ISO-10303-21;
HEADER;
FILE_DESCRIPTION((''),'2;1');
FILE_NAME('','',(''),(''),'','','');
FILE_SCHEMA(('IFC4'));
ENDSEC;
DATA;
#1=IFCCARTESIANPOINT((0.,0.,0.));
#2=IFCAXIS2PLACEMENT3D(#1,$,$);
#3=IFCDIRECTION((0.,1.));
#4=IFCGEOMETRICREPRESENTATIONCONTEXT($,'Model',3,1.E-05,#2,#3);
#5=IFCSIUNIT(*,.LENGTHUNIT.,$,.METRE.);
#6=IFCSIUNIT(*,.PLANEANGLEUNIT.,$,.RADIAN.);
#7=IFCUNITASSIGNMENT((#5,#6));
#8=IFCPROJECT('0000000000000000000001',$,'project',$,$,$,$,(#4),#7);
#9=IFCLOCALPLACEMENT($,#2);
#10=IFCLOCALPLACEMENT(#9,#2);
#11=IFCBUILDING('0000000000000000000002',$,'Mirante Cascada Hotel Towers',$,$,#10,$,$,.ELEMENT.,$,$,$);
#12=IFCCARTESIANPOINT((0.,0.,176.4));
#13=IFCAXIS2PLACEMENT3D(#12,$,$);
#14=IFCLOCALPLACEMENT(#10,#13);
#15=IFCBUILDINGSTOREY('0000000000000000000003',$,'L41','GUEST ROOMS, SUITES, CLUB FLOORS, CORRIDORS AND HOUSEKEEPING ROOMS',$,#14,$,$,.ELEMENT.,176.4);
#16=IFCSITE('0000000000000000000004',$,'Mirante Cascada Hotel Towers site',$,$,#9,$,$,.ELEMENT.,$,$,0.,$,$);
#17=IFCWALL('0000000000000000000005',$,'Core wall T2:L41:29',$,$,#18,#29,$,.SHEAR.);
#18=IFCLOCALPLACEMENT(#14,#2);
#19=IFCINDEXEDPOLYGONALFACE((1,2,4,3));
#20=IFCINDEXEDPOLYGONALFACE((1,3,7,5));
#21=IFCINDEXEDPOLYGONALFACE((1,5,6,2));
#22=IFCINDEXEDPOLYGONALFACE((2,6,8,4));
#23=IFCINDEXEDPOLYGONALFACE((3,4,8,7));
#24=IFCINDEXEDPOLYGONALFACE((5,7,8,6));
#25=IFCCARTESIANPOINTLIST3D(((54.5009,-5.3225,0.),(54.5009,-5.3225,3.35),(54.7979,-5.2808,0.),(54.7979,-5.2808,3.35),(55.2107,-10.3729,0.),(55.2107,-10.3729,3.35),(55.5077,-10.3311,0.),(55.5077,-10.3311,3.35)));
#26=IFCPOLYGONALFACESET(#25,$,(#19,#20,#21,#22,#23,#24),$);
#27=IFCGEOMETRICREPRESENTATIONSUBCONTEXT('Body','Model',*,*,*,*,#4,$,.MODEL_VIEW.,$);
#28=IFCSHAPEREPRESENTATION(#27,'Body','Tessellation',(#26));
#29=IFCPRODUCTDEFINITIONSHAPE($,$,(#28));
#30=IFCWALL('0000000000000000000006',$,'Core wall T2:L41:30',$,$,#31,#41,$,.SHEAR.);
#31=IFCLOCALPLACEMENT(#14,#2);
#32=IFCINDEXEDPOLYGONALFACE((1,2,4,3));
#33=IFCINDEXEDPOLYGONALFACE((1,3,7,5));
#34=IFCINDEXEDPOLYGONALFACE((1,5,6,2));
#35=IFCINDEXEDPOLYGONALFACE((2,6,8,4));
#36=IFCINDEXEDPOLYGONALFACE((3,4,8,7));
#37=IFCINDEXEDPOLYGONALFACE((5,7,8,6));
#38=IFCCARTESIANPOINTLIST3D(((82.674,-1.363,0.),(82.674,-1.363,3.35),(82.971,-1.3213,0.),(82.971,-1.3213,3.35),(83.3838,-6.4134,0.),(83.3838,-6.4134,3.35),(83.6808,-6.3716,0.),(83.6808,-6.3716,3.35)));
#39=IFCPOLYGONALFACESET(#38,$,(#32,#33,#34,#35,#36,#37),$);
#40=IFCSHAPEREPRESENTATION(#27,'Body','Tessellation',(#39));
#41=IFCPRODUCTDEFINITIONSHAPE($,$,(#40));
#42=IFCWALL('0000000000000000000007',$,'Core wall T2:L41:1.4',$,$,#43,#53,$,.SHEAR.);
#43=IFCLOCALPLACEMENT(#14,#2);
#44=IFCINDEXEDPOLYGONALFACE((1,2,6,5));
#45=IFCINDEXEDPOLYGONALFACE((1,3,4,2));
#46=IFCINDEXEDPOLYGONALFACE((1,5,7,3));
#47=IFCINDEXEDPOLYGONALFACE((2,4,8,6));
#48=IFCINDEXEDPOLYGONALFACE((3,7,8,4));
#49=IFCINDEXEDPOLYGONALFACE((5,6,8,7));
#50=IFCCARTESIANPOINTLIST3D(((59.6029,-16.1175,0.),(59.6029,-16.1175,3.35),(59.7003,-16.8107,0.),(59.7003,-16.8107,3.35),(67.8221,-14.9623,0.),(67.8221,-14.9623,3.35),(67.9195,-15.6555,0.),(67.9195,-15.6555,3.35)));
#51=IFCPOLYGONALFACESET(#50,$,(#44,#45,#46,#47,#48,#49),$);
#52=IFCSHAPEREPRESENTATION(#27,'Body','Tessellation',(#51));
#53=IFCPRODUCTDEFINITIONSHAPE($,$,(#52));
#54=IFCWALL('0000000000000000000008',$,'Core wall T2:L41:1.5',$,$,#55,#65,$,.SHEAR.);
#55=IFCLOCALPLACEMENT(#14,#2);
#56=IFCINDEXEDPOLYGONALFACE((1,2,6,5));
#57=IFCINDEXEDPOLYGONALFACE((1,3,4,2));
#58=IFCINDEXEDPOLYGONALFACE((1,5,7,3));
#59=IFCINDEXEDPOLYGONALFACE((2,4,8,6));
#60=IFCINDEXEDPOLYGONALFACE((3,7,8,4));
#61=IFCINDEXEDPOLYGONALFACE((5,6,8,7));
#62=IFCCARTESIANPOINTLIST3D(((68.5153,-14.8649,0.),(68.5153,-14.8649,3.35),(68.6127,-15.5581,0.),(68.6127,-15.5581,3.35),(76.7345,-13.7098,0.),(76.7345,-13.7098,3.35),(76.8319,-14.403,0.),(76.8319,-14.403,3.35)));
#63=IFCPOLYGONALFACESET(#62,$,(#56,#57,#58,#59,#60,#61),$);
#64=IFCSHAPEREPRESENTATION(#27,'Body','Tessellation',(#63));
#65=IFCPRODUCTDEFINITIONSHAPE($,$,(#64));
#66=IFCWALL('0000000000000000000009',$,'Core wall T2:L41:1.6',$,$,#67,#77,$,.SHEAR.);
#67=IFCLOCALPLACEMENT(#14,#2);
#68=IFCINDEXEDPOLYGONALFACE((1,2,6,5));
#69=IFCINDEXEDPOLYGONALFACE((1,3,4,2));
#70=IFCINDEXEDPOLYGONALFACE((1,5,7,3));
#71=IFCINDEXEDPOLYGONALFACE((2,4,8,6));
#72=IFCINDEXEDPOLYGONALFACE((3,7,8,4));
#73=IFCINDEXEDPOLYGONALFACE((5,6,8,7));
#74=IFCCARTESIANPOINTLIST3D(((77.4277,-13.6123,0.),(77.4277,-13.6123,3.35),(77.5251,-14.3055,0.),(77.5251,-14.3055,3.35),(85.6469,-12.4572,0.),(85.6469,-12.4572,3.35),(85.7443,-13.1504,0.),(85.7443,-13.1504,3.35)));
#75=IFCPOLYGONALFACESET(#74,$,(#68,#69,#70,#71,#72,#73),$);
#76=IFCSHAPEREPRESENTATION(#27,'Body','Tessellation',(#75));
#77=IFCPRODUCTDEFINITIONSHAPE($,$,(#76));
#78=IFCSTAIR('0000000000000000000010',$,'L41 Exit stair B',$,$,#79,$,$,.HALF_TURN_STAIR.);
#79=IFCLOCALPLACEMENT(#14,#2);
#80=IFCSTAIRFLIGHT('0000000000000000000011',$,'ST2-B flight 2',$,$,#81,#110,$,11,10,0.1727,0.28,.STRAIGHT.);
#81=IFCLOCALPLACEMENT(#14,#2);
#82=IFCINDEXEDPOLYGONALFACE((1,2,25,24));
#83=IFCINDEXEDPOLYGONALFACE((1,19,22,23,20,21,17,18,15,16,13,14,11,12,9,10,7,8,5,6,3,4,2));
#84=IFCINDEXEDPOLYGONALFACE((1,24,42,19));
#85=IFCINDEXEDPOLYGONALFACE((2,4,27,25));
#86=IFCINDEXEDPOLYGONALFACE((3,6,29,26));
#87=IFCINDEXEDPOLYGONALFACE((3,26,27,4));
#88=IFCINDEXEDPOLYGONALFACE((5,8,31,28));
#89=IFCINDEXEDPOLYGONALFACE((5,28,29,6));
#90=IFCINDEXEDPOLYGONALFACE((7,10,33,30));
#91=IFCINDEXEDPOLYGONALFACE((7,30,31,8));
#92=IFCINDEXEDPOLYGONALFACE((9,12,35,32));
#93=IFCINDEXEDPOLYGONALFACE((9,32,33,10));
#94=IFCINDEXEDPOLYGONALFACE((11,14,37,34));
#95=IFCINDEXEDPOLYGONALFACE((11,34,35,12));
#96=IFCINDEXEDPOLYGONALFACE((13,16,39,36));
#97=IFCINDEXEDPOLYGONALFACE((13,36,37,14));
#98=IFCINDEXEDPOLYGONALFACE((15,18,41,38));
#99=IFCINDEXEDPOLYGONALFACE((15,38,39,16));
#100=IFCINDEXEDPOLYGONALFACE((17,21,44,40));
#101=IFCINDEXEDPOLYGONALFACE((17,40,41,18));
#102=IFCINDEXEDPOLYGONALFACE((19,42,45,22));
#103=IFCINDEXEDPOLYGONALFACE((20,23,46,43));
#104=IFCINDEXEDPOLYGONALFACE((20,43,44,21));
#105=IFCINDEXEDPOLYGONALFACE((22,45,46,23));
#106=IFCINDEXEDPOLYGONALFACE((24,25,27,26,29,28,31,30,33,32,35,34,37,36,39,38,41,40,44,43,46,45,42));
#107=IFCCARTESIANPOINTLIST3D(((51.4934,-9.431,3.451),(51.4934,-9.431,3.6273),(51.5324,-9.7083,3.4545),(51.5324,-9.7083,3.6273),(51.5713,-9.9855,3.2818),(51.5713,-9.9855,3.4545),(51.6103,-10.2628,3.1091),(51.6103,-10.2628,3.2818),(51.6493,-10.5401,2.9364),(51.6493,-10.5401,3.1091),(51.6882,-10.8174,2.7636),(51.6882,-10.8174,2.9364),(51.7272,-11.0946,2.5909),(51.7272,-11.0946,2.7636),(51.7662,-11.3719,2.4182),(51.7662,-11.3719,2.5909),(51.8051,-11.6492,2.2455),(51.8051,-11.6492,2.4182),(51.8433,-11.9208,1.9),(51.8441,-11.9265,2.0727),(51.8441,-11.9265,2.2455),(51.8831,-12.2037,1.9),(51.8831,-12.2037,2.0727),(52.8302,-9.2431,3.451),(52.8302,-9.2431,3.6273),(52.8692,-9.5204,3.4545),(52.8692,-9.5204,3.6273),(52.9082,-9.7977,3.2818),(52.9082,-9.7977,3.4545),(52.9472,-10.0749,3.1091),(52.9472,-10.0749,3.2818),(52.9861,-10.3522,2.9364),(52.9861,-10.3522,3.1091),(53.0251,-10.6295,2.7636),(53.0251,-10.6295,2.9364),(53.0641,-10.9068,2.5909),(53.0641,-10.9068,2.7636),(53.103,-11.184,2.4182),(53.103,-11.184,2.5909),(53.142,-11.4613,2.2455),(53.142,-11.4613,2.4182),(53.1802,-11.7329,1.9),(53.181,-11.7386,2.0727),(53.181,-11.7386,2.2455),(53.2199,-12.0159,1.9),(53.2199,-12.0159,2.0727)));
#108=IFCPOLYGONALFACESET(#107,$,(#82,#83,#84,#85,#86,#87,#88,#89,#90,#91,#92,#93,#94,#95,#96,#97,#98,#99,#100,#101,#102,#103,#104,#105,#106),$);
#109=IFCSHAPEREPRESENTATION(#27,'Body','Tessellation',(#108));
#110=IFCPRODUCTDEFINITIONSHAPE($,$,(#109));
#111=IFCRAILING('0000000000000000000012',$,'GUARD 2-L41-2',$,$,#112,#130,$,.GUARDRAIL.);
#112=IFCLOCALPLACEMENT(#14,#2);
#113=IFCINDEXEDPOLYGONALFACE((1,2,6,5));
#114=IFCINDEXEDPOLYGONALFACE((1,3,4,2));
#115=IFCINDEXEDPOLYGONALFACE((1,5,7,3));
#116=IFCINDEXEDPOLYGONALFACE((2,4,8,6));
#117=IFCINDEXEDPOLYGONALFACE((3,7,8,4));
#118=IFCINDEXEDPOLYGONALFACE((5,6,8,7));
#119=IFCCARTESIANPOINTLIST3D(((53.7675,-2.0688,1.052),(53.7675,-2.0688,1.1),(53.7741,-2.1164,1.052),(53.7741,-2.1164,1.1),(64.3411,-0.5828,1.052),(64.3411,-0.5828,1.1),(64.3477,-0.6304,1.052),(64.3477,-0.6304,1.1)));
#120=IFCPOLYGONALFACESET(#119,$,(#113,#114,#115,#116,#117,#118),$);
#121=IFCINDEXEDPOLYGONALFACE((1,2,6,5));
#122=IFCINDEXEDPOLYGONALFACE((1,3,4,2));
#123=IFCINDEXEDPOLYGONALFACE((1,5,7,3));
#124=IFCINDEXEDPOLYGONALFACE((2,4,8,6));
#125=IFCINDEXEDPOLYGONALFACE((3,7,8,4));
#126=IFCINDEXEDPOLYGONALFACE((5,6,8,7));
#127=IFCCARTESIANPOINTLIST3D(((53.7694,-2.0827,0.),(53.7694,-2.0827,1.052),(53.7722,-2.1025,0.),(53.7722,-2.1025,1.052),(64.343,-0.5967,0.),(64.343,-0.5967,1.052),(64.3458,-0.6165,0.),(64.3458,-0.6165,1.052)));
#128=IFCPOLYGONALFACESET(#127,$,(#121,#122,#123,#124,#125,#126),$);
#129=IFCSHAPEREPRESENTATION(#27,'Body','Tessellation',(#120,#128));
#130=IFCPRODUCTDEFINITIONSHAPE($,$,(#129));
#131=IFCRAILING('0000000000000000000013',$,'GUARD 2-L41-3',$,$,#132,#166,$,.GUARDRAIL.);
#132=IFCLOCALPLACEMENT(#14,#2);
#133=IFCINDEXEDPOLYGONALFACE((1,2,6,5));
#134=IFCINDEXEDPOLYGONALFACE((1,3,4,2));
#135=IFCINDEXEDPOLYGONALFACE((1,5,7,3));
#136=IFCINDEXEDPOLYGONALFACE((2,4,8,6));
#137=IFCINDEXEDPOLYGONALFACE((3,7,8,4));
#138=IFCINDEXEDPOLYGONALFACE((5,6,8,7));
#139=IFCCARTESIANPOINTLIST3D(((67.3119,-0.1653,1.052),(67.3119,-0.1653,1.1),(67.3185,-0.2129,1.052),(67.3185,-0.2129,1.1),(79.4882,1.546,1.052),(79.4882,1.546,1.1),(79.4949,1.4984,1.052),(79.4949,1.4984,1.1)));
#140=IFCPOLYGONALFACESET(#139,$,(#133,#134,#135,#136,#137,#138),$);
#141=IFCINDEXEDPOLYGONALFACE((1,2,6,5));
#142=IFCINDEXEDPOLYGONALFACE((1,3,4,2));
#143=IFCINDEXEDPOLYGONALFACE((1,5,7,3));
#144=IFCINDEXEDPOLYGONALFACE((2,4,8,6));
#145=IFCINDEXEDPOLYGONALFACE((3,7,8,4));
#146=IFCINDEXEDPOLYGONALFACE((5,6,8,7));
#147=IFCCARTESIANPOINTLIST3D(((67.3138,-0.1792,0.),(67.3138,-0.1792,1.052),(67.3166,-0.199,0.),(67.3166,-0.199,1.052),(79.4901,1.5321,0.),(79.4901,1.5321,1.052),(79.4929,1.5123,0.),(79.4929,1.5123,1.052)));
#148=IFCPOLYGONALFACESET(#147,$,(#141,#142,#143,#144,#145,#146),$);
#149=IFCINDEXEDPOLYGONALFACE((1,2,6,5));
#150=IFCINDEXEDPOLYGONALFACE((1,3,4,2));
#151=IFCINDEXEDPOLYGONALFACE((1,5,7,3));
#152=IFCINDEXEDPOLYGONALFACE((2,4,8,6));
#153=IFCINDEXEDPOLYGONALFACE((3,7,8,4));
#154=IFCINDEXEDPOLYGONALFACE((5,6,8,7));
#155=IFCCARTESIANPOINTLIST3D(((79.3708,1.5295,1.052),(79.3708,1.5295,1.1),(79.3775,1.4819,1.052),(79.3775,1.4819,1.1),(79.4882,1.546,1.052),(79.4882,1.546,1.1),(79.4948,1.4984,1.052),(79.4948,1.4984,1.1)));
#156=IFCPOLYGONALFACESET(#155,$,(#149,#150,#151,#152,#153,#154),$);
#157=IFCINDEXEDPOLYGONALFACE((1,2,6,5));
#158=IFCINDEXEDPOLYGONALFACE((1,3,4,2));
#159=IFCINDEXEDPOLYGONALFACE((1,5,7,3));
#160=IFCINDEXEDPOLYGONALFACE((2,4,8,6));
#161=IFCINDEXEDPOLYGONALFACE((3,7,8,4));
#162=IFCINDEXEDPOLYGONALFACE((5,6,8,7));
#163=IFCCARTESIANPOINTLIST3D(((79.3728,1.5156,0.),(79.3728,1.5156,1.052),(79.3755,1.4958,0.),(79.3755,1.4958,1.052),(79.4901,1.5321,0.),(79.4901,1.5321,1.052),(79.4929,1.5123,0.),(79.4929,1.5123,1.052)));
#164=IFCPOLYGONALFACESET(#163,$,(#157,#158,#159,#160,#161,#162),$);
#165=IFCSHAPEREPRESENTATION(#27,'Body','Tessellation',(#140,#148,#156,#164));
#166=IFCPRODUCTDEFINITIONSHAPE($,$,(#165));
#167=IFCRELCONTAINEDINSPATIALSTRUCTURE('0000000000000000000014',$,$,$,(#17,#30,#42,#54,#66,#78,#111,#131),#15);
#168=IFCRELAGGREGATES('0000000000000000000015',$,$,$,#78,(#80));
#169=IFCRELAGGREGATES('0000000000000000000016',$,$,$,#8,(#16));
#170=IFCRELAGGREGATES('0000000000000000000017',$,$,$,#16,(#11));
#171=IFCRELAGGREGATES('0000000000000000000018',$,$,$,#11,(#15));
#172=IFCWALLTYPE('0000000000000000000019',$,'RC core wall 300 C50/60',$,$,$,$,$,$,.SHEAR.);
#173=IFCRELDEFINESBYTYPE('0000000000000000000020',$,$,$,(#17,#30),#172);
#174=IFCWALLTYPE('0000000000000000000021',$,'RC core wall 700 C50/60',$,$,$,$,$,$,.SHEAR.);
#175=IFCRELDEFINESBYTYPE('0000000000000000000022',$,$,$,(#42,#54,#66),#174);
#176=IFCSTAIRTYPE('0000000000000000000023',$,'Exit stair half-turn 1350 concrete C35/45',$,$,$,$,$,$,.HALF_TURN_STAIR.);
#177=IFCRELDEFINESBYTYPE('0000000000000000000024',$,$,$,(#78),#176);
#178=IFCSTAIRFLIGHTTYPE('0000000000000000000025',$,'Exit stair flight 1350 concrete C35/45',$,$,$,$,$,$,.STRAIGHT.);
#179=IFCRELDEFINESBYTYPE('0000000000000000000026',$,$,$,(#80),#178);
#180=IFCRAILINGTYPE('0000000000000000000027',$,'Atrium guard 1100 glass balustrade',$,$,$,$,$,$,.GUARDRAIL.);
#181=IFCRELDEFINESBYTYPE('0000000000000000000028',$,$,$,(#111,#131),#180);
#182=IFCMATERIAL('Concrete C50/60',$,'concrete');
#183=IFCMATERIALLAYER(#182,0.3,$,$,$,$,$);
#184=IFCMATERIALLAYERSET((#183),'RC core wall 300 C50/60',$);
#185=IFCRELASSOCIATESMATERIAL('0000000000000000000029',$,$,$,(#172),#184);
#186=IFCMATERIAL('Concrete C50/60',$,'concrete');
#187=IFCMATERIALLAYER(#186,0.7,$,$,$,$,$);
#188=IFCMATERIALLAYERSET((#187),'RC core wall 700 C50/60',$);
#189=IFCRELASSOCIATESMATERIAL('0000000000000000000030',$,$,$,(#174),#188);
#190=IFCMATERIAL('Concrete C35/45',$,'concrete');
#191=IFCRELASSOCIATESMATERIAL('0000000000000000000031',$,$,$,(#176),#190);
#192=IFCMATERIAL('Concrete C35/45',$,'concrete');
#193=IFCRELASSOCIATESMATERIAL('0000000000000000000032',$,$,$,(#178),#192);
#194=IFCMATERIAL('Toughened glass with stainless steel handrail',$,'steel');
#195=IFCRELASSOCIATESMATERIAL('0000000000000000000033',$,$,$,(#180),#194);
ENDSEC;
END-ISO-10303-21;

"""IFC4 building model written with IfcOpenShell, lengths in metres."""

from ifc_helpers import new_model, si_unit, direction, frame, frame_2d, origin, origin_2d, place, context, subcontext, project, spatial, polyline, rectangle, outline, extrude, material, layer, layer_set, type_object, element, aggregate, save


model = new_model("IFC4")

# Units and contexts
model_context = context("Model", 3, precision=1e-05, world=origin(), true_north=direction((0.0, 1.0)))
body_context = subcontext(model_context, "Body", "Model", "MODEL_VIEW")
ifc_project = project(units=[si_unit("LENGTHUNIT", "METRE"), si_unit("PLANEANGLEUNIT", "RADIAN")], contexts=[model_context])

# Site, building, storey
site_placement = place(None, origin())
site = spatial("IfcSite", under=ifc_project, at=site_placement, Name="Mirante Cascada Hotel Towers site", CompositionType="ELEMENT", RefElevation=0.0)
building_placement = place(site_placement, origin())
building = spatial("IfcBuilding", under=site, at=building_placement, Name="Mirante Cascada Hotel Towers", CompositionType="ELEMENT")
storey_placement = place(building_placement, frame((0.0, 0.0, 176.4)))
storey = spatial("IfcBuildingStorey", under=building, at=storey_placement, Name="L41", Description="GUEST ROOMS, SUITES, CLUB FLOORS, CORRIDORS AND HOUSEKEEPING ROOMS", CompositionType="ELEMENT", Elevation=176.4)

# Shared definitions
ifc_material_1 = material(Name="Concrete C50/60", Category="concrete")
ifc_layer_1 = layer(ifc_material_1, 0.3)
ifc_layer_set_1 = layer_set([ifc_layer_1], Name="RC core wall 300 C50/60")
wall_type_1 = type_object("IfcWallType", Name="RC core wall 300 C50/60", PredefinedType="SHEAR", material=ifc_layer_set_1)

# Walls
for number, where, z_axis, x_axis, name in (
    (1, (55.3592, -10.352, 0.0), (0.0, 0.0, 1.0), (-0.139176, 0.990268, 0.0), "Core wall T2:L41:29"),
    (2, (83.5323, -6.3925, 0.0), (0.0, 0.0, 1.0), (-0.139176, 0.990268, 0.0), "Core wall T2:L41:30"),
):
    element("IfcWall", number, at=place(storey_placement, frame(where, z_axis=z_axis, x_axis=x_axis)), inside=storey, type_object=wall_type_1, Name=name, PredefinedType="SHEAR", context=body_context, shape_type="SweptSolid", body=[
        extrude(rectangle(XDim=5.1, YDim=0.3, at=frame_2d((2.55, 0.0))), origin(), (0.0, 0.0, 1.0), 3.35),
    ])
ifc_material_2 = material(Name="Concrete C50/60", Category="concrete")
ifc_layer_2 = layer(ifc_material_2, 0.7)
ifc_layer_set_2 = layer_set([ifc_layer_2], Name="RC core wall 700 C50/60")
wall_type_2 = type_object("IfcWallType", Name="RC core wall 700 C50/60", PredefinedType="SHEAR", material=ifc_layer_set_2)
for number, where, z_axis, x_axis, name in (
    (3, (59.6516, -16.4641, 0.0), (0.0, 0.0, 1.0), (0.990267, 0.139181, 0.0), "Core wall T2:L41:1.4"),
    (4, (68.564, -15.2115, 0.0), (0.0, 0.0, 1.0), (0.990269, 0.139169, 0.0), "Core wall T2:L41:1.5"),
    (5, (77.4764, -13.9589, 0.0), (0.0, 0.0, 1.0), (0.990269, 0.139169, 0.0), "Core wall T2:L41:1.6"),
):
    element("IfcWall", number, at=place(storey_placement, frame(where, z_axis=z_axis, x_axis=x_axis)), inside=storey, type_object=wall_type_2, Name=name, PredefinedType="SHEAR", context=body_context, shape_type="SweptSolid", body=[
        extrude(rectangle(XDim=8.3, YDim=0.7, at=frame_2d((4.15, 0.0))), origin(), (0.0, 0.0, 1.0), 3.35),
    ])

# Stair, stair flight
ifc_material_3 = material(Name="Concrete C35/45", Category="concrete")
stair_type = type_object("IfcStairType", Name="Exit stair half-turn 1350 concrete C35/45", PredefinedType="HALF_TURN_STAIR", material=ifc_material_3)
stair_placement = place(storey_placement, origin())
stair = element("IfcStair", 6, at=stair_placement, inside=storey, type_object=stair_type, Name="L41 Exit stair B", PredefinedType="HALF_TURN_STAIR")
ifc_material_4 = material(Name="Concrete C35/45", Category="concrete")
stair_flight_type = type_object("IfcStairFlightType", Name="Exit stair flight 1350 concrete C35/45", PredefinedType="STRAIGHT", material=ifc_material_4)
stair_flight_placement = place(storey_placement, frame((52.5515, -12.1098, 1.9), z_axis=(0.0, 0.0, 1.0), x_axis=(-0.139173, 0.990268, 0.0)))
stair_flight = element("IfcStairFlight", 7, at=stair_flight_placement, type_object=stair_flight_type, Name="ST2-B flight 2", NumberOfRisers=11, NumberOfTreads=10, PredefinedType="STRAIGHT", RiserHeight=0.1727, TreadLength=0.28, context=body_context, shape_type="SweptSolid", body=[
    extrude(outline(polyline([(0.0, 0.0), (0.0, 0.1727), (0.28, 0.1727), (0.28, 0.3455), (0.56, 0.3455), (0.56, 0.5182), (0.84, 0.5182), (0.84, 0.6909), (1.12, 0.6909), (1.12, 0.8636), (1.4, 0.8636), (1.4, 1.0364), (1.68, 1.0364), (1.68, 1.2091), (1.96, 1.2091), (1.96, 1.3818), (2.24, 1.3818), (2.24, 1.5545), (2.52, 1.5545), (2.52, 1.7273), (2.8, 1.7273), (2.8, 1.9), (2.8, 1.551), (0.2857, 0.0), (0.0, 0.0)])), frame((0.0, 0.675, 0.0), z_axis=(0.0, -1.0, 0.0), x_axis=(1.0, 0.0, 0.0)), (0.0, 0.0, 1.0), 1.35),
])
aggregate(stair, [stair_flight])

# Railings
ifc_material_5 = material(Name="Toughened glass with stainless steel handrail", Category="steel")
railing_type_1 = type_object("IfcRailingType", Name="Atrium guard 1100 glass balustrade", PredefinedType="GUARDRAIL", material=ifc_material_5)
railing_1_placement = place(storey_placement, frame((53.7708, -2.0926, 0.0)))
element("IfcRailing", 8, at=railing_1_placement, inside=storey, type_object=railing_type_1, Name="GUARD 2-L41-2", PredefinedType="GUARDRAIL", context=body_context, shape_type="SweptSolid", body=[
    extrude(rectangle(XDim=0.048, YDim=0.048, at=origin_2d()), frame((0.0, 0.0, 1.076), z_axis=(0.990268, 0.139171, 0.0), x_axis=(-0.139171, 0.990268, 0.0)), (0.0, 0.0, 1.0), 10.6775),
    extrude(rectangle(XDim=0.02, YDim=1.052, at=origin_2d()), frame((0.0, 0.0, 0.526), z_axis=(0.990268, 0.139171, 0.0), x_axis=(-0.139171, 0.990268, 0.0)), (0.0, 0.0, 1.0), 10.6775),
])
railing_2_placement = place(storey_placement, frame((67.3152, -0.1891, 0.0)))
element("IfcRailing", 9, at=railing_2_placement, inside=storey, type_object=railing_type_1, Name="GUARD 2-L41-3", PredefinedType="GUARDRAIL", context=body_context, shape_type="SweptSolid", body=[
    extrude(rectangle(XDim=0.048, YDim=0.048, at=origin_2d()), frame((0.0, 0.0, 1.076), z_axis=(0.990268, 0.139176, 0.0), x_axis=(-0.139176, 0.990268, 0.0)), (0.0, 0.0, 1.0), 12.296),
    extrude(rectangle(XDim=0.02, YDim=1.052, at=origin_2d()), frame((0.0, 0.0, 0.526), z_axis=(0.990268, 0.139176, 0.0), x_axis=(-0.139176, 0.990268, 0.0)), (0.0, 0.0, 1.0), 12.296),
    extrude(rectangle(XDim=0.048, YDim=0.048, at=origin_2d()), frame((12.1763, 1.7113, 1.076), z_axis=(-0.990251, -0.139294, 0.0), x_axis=(0.139294, -0.990251, 0.0)), (0.0, 0.0, 1.0), 0.1185),
    extrude(rectangle(XDim=0.02, YDim=1.052, at=origin_2d()), frame((12.1763, 1.7113, 0.526), z_axis=(-0.990251, -0.139294, 0.0), x_axis=(0.139294, -0.990251, 0.0)), (0.0, 0.0, 1.0), 0.1185),
])

save(model, "model.ifc")
